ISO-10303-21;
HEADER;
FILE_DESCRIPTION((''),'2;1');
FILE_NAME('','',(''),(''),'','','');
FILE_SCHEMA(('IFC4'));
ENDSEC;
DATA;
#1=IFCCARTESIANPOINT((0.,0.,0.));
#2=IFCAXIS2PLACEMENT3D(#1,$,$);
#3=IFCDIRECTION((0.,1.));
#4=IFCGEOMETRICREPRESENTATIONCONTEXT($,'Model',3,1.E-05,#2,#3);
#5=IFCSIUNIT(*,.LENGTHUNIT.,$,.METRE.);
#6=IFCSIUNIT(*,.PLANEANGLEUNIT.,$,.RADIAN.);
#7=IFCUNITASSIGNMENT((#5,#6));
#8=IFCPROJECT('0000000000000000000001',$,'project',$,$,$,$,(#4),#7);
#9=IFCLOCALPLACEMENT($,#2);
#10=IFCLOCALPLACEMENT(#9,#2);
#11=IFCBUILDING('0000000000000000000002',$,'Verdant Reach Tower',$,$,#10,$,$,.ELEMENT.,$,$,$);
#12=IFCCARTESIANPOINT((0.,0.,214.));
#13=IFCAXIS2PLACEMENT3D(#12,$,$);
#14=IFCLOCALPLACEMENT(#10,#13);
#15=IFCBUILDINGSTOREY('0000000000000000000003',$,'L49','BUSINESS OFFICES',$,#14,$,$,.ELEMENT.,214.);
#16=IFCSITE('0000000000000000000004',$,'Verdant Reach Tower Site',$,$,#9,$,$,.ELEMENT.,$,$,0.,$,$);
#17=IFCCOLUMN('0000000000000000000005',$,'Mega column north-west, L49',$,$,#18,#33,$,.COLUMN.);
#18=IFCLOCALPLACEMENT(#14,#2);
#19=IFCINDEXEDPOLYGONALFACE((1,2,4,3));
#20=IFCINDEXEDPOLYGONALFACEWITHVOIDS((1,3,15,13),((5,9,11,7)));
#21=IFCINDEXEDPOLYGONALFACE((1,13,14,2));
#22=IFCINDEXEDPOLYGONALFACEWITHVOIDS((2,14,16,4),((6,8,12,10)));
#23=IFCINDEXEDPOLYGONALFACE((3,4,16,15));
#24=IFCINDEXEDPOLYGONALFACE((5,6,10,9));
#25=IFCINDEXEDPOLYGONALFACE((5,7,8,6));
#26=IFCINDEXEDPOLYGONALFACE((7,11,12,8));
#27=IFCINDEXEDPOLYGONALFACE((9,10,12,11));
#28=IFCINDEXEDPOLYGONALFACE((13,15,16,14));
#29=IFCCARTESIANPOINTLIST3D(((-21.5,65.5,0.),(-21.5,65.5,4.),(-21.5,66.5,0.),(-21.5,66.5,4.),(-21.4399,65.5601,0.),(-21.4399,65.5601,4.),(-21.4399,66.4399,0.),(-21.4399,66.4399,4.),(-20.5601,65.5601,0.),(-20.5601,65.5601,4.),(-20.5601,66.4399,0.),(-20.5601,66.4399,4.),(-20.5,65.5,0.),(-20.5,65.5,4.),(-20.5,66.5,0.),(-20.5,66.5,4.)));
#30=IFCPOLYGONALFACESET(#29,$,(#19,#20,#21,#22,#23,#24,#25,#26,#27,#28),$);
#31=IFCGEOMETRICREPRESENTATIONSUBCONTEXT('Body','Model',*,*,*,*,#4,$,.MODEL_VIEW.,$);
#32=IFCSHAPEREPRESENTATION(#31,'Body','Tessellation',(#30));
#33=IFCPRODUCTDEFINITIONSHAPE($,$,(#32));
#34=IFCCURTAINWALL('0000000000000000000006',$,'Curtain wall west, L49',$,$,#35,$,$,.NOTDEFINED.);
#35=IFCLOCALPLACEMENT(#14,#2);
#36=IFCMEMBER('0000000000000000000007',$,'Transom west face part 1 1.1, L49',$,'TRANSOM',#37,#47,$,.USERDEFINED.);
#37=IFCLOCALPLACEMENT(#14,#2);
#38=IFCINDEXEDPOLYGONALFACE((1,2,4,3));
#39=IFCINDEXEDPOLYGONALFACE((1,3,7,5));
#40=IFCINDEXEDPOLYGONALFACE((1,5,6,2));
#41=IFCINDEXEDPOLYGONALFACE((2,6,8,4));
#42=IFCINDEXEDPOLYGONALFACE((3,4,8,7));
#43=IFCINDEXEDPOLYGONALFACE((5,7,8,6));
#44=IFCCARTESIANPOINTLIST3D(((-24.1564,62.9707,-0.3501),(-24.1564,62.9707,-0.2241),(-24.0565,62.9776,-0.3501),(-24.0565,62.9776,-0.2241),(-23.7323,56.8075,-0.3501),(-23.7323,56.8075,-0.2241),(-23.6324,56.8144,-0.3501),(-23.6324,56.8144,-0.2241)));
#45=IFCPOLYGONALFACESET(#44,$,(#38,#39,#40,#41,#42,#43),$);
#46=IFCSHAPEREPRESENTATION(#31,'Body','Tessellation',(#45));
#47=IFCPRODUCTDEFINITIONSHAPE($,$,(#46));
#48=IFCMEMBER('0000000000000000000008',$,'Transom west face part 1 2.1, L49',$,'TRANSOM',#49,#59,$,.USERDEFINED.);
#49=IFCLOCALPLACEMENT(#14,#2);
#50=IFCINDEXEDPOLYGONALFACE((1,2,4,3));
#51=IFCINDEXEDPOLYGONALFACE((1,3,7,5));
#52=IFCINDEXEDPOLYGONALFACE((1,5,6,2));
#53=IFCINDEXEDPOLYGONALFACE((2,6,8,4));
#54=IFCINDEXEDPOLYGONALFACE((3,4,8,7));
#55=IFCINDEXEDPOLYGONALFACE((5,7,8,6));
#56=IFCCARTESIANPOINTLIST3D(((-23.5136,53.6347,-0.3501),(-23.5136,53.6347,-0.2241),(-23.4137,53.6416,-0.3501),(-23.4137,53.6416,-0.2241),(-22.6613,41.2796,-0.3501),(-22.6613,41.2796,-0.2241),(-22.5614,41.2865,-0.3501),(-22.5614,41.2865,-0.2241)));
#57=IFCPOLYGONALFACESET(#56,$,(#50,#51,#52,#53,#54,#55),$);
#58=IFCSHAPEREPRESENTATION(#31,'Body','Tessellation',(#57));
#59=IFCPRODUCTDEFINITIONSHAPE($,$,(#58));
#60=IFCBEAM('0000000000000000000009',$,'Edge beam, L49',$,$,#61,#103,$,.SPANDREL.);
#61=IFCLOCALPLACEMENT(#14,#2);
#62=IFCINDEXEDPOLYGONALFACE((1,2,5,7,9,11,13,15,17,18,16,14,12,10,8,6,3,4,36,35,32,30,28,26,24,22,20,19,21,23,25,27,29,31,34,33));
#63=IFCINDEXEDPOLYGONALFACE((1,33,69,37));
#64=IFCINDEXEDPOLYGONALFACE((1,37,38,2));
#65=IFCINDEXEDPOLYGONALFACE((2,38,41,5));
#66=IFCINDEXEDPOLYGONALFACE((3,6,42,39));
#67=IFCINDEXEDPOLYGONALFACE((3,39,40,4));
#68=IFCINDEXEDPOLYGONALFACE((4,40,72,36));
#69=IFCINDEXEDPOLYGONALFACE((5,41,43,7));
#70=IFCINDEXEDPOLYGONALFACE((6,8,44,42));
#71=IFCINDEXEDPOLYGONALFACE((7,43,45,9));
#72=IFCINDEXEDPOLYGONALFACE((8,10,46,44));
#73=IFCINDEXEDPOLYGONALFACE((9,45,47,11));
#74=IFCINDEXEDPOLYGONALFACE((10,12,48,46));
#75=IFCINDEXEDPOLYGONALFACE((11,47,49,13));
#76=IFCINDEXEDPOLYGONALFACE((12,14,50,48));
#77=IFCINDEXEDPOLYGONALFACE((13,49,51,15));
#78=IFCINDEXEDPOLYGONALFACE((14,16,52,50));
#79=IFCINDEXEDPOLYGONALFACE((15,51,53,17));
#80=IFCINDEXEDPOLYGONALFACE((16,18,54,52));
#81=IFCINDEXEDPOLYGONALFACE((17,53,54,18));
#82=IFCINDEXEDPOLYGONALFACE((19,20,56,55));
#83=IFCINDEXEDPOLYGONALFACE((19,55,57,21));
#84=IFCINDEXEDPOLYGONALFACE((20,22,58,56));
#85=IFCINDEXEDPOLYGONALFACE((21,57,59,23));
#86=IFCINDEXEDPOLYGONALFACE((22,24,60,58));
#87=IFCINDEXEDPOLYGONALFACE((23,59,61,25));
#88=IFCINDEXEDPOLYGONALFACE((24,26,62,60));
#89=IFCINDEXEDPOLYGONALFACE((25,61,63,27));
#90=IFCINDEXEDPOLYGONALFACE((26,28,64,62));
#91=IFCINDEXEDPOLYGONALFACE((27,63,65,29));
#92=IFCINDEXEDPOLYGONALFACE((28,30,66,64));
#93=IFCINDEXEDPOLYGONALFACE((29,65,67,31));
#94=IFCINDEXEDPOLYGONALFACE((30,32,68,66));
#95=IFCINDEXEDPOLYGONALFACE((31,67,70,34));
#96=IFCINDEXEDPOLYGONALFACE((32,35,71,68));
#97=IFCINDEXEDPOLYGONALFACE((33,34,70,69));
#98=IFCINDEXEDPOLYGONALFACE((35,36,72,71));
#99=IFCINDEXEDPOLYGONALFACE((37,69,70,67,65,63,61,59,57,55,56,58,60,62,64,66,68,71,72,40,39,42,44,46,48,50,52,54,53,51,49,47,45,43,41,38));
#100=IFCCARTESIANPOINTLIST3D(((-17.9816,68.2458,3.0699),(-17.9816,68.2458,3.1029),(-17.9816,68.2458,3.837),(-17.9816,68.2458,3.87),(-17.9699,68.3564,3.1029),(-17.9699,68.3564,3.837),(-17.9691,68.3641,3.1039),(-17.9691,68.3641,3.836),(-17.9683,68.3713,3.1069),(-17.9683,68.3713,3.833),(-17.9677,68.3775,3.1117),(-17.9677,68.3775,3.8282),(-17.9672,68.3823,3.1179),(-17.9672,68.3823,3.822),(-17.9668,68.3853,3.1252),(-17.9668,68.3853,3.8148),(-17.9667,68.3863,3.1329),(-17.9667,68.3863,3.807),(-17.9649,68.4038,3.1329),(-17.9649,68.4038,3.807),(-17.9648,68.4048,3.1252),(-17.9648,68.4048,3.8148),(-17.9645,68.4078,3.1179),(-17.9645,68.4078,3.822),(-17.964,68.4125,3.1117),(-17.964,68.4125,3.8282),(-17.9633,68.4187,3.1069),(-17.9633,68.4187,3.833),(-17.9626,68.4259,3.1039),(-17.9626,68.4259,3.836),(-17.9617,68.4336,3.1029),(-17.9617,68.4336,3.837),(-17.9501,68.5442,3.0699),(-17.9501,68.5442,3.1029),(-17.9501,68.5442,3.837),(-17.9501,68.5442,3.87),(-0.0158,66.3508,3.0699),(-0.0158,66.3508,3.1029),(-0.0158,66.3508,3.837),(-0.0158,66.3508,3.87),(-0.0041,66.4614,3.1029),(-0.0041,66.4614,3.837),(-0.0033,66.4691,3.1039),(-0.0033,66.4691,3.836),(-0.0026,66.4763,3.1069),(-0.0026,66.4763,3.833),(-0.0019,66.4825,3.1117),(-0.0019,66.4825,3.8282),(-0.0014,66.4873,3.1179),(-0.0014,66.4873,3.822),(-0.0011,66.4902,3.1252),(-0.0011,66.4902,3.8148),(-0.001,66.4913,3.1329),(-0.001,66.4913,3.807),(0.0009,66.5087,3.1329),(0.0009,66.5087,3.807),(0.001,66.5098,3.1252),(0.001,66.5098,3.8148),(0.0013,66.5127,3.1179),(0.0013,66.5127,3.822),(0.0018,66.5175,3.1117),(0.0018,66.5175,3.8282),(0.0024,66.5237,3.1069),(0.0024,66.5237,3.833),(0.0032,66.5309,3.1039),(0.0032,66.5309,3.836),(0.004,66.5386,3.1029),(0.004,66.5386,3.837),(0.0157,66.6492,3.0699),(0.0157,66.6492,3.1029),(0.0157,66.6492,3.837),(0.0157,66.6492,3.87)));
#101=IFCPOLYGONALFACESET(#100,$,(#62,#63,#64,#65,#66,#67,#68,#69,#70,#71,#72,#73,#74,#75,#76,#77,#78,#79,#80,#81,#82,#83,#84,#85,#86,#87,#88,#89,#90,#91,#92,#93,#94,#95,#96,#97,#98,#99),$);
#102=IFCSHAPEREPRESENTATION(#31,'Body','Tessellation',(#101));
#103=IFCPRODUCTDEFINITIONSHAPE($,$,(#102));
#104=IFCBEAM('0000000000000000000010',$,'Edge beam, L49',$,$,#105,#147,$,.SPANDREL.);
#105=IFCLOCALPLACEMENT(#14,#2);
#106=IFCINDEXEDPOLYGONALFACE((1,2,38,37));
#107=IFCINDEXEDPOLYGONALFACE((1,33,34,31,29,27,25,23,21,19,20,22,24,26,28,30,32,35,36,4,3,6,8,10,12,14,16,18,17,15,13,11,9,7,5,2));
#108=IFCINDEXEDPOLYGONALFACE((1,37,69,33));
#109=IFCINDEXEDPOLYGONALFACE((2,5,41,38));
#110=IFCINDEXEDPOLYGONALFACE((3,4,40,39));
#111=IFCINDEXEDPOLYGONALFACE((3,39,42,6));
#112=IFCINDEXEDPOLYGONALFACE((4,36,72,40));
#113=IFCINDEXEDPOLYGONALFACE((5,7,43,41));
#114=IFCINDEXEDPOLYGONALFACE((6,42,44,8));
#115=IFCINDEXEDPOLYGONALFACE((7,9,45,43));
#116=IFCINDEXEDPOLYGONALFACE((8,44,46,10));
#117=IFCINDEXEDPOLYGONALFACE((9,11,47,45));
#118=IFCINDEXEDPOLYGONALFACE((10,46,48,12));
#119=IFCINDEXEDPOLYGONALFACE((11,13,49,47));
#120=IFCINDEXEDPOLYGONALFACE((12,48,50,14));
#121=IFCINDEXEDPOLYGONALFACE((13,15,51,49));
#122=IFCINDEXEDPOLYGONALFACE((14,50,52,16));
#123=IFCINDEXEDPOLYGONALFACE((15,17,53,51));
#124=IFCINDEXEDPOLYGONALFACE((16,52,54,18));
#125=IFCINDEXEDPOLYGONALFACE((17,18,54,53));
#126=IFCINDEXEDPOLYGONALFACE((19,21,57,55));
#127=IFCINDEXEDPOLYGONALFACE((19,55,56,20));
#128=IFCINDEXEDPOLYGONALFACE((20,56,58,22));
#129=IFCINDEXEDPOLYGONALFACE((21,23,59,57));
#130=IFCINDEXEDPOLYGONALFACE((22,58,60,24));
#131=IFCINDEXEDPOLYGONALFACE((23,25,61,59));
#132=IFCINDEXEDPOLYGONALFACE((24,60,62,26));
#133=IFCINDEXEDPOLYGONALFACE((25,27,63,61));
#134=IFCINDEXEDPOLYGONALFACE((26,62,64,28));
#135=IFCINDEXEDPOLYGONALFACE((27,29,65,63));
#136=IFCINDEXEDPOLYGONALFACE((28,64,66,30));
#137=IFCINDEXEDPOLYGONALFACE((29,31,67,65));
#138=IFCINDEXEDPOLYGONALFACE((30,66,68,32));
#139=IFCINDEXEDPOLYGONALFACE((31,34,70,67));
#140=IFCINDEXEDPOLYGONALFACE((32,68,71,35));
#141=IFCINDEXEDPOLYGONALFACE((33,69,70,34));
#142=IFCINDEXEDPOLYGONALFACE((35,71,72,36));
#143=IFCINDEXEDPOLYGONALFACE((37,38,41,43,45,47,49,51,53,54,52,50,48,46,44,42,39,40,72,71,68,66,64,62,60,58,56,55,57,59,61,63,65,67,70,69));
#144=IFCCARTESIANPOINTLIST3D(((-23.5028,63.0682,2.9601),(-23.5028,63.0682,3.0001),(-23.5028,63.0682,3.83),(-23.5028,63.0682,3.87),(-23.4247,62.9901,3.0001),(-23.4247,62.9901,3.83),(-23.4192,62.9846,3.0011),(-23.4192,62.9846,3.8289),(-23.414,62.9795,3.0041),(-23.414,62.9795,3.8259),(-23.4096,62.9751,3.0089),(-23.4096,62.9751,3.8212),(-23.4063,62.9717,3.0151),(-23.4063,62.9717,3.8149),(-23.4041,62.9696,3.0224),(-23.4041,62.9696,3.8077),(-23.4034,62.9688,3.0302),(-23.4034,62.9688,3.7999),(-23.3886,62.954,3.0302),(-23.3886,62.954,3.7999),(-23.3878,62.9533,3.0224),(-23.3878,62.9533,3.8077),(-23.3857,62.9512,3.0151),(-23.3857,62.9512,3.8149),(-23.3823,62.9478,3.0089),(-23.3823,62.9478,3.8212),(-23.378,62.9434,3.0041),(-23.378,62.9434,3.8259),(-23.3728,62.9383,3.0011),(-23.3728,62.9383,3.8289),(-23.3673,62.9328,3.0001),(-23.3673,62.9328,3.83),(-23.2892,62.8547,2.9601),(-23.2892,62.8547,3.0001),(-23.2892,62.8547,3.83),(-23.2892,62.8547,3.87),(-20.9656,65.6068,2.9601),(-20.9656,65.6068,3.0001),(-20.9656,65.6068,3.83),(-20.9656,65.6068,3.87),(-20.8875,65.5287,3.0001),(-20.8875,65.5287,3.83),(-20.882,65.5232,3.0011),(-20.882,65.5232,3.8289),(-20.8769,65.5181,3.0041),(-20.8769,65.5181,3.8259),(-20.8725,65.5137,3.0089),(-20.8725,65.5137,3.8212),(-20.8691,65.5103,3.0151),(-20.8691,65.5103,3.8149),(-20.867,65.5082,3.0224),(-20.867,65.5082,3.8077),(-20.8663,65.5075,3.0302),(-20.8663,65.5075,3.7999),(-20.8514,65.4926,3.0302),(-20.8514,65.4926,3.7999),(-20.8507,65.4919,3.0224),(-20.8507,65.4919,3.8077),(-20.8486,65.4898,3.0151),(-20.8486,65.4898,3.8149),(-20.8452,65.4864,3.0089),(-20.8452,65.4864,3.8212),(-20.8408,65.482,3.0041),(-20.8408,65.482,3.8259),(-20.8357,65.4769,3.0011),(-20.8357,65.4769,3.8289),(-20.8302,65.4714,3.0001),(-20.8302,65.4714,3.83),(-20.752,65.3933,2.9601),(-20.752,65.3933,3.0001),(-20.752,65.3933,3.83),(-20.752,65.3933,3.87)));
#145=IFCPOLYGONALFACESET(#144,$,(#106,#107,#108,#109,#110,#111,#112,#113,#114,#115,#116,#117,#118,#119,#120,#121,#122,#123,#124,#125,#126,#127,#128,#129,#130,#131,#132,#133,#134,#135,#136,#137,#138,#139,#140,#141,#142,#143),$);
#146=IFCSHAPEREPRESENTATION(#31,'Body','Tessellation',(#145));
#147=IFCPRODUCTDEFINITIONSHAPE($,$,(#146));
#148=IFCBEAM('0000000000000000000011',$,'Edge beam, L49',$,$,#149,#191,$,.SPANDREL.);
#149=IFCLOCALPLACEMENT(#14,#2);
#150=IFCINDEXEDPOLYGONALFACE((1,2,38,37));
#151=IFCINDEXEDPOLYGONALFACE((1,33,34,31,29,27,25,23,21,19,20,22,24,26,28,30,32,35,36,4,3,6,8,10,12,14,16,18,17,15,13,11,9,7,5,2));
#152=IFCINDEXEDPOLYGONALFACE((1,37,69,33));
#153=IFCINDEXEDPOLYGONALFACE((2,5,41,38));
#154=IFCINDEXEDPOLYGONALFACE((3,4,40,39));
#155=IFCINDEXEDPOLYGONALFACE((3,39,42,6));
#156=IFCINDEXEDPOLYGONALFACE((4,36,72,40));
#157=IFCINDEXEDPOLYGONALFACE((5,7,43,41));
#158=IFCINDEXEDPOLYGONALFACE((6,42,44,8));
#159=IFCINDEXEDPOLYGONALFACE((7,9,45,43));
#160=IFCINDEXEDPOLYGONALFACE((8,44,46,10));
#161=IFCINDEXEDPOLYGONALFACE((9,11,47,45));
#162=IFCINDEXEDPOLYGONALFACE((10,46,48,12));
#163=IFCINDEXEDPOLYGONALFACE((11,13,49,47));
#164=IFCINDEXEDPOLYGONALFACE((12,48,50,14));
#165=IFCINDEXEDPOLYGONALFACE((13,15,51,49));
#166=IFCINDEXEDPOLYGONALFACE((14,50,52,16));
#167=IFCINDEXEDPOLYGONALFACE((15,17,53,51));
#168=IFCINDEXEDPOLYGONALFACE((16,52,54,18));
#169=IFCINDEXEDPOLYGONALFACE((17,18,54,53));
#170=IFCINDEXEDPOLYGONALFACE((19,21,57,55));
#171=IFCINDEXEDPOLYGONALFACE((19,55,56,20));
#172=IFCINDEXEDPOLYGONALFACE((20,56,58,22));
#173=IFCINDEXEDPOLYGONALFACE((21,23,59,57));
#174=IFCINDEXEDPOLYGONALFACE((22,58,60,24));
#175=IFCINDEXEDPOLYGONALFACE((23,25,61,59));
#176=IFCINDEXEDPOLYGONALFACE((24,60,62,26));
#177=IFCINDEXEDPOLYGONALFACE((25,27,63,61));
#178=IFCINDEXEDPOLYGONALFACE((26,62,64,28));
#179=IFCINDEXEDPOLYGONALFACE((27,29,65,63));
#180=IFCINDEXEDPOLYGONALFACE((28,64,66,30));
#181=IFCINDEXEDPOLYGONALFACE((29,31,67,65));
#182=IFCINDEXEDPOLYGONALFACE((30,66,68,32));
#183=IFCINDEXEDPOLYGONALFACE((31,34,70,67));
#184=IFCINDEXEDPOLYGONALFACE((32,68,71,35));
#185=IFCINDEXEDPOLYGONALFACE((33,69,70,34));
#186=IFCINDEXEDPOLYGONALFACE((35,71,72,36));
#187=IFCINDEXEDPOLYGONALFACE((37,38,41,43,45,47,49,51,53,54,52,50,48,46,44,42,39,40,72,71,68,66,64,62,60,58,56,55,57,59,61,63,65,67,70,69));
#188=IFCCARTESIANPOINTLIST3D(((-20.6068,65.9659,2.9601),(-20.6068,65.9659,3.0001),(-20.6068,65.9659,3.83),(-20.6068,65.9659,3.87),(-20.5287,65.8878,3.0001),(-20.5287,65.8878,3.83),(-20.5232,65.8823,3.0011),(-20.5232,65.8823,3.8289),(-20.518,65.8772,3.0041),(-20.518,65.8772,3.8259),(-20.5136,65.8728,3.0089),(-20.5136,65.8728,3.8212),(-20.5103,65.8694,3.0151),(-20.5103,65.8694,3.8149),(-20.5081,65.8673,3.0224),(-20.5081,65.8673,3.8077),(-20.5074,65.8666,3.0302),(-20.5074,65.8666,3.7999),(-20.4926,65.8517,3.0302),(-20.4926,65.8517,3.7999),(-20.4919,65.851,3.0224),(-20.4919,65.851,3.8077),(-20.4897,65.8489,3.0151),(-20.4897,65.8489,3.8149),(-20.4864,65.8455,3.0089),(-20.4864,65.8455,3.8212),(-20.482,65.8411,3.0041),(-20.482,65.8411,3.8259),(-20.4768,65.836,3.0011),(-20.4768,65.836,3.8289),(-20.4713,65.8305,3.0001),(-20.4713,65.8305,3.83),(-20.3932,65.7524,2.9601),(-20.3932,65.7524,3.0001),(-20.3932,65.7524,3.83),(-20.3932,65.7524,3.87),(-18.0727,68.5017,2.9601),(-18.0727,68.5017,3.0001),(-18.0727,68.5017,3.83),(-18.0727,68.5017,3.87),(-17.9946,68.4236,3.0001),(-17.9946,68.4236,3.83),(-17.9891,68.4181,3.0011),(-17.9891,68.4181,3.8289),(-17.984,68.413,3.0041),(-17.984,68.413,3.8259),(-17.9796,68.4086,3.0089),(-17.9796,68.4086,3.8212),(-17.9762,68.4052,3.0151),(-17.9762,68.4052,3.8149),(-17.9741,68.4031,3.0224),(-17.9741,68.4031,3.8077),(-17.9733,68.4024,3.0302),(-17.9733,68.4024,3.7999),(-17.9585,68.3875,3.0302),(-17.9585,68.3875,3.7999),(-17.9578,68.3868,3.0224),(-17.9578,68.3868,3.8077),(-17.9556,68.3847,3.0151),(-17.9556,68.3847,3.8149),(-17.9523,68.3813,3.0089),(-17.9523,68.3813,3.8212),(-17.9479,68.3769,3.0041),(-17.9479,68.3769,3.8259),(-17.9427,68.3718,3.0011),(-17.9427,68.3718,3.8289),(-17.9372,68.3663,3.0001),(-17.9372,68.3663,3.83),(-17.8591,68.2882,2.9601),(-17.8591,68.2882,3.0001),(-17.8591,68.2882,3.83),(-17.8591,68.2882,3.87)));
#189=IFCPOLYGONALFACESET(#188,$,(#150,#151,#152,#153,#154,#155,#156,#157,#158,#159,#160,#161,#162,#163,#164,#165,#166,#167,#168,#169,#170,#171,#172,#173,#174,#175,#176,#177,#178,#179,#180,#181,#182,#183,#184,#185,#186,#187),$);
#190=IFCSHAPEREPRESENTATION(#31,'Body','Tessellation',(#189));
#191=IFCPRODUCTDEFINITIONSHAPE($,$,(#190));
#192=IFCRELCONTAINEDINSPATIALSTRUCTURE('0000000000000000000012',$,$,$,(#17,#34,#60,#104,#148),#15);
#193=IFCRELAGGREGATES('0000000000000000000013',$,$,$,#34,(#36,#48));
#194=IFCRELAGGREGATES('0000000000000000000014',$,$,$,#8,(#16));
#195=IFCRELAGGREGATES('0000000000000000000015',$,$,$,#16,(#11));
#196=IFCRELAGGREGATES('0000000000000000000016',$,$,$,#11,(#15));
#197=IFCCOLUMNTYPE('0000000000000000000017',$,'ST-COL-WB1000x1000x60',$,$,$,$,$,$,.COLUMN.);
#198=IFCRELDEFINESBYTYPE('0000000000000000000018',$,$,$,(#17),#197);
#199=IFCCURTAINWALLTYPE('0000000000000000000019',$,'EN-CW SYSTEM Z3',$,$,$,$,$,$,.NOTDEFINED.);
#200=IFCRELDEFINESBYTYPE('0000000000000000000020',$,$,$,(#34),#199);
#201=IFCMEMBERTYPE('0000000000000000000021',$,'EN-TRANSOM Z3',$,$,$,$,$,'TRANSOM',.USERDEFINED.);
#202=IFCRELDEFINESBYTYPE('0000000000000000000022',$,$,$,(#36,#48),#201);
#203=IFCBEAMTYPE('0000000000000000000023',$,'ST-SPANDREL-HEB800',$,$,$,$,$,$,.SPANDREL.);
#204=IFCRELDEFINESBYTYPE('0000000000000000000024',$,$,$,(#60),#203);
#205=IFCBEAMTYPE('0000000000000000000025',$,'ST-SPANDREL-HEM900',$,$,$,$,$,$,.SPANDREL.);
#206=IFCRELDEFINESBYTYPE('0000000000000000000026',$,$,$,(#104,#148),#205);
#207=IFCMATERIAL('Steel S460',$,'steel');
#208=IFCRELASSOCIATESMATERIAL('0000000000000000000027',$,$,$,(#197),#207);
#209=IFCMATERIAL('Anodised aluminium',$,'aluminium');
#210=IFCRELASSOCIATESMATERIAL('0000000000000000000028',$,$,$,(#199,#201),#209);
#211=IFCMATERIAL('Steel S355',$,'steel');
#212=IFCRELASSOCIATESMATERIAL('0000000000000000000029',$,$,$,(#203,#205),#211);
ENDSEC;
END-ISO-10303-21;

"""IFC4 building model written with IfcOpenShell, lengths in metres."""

from ifc_helpers import new_model, si_unit, direction, frame, origin, origin_2d, place, context, subcontext, project, spatial, rectangle, hollow_rectangle, i_section, extrude, material, material_profile, profile_set, type_object, element, aggregate, save


model = new_model("IFC4")

# Units and contexts
model_context = context("Model", 3, precision=1e-05, world=origin(), true_north=direction((0.0, 1.0)))
body_context = subcontext(model_context, "Body", "Model", "MODEL_VIEW")
ifc_project = project(units=[si_unit("LENGTHUNIT", "METRE"), si_unit("PLANEANGLEUNIT", "RADIAN")], contexts=[model_context])

# Site, building, storey
site_placement = place(None, origin())
site = spatial("IfcSite", under=ifc_project, at=site_placement, Name="Verdant Reach Tower Site", CompositionType="ELEMENT", RefElevation=0.0)
building_placement = place(site_placement, origin())
building = spatial("IfcBuilding", under=site, at=building_placement, Name="Verdant Reach Tower", CompositionType="ELEMENT")
storey_placement = place(building_placement, frame((0.0, 0.0, 214.0)))
storey = spatial("IfcBuildingStorey", under=building, at=storey_placement, Name="L49", Description="BUSINESS OFFICES", CompositionType="ELEMENT", Elevation=214.0)

# Column
ifc_material_1 = material(Name="Steel S460", Category="steel")
ifc_material_profile_1 = material_profile(ifc_material_1, hollow_rectangle(XDim=1.0, YDim=1.0, WallThickness=0.0601, at=origin_2d()), Name="WB 1000x1000x60")
ifc_profile_set_1 = profile_set([ifc_material_profile_1], Name="Steel S460")
column_type = type_object("IfcColumnType", Name="ST-COL-WB1000x1000x60", PredefinedType="COLUMN", material=ifc_profile_set_1)
column_placement = place(storey_placement, frame((-21.0, 66.0, 0.0), z_axis=(0.0, 0.0, 1.0), x_axis=(1.0, 0.0, 0.0)))
element("IfcColumn", 1, at=column_placement, inside=storey, type_object=column_type, Name="Mega column north-west, L49", PredefinedType="COLUMN", context=body_context, shape_type="SweptSolid", body=[
    extrude(hollow_rectangle(XDim=1.0, YDim=1.0, WallThickness=0.0601, at=origin_2d()), origin(), (0.0, 0.0, 1.0), 4.0),
])

# Curtain wall, members
ifc_material_2 = material(Name="Anodised aluminium", Category="aluminium")
curtain_wall_type = type_object("IfcCurtainWallType", Name="EN-CW SYSTEM Z3", PredefinedType="NOTDEFINED", material=ifc_material_2)
curtain_wall_1_placement = place(storey_placement, origin())
curtain_wall_1 = element("IfcCurtainWall", 2, at=curtain_wall_1_placement, inside=storey, type_object=curtain_wall_type, Name="Curtain wall west, L49", PredefinedType="NOTDEFINED")
ifc_material_profile_2 = material_profile(ifc_material_2, rectangle(XDim=0.1001, YDim=0.126, at=origin_2d()), Name="Transom 126x100")
ifc_profile_set_2 = profile_set([ifc_material_profile_2], Name="Anodised aluminium")
member_type = type_object("IfcMemberType", Name="EN-TRANSOM Z3", ElementType="TRANSOM", PredefinedType="USERDEFINED", material=ifc_profile_set_2)
member_1_placement = place(storey_placement, frame((-24.1064, 62.9741, -0.2871), z_axis=(0.068646, -0.997641, 0.0), x_axis=(0.997641, 0.068646, 0.0)))
member_1 = element("IfcMember", 3, at=member_1_placement, type_object=member_type, Name="Transom west face part 1 1.1, L49", ObjectType="TRANSOM", PredefinedType="USERDEFINED", context=body_context, shape_type="SweptSolid", body=[
    extrude(rectangle(XDim=0.1001, YDim=0.126, at=origin_2d()), origin(), (0.0, 0.0, 1.0), 6.1777),
])
member_2_placement = place(storey_placement, frame((-23.4636, 53.6382, -0.2871), z_axis=(0.068819, -0.997629, 0.0), x_axis=(0.997629, 0.068819, 0.0)))
member_2 = element("IfcMember", 4, at=member_2_placement, type_object=member_type, Name="Transom west face part 1 2.1, L49", ObjectType="TRANSOM", PredefinedType="USERDEFINED", context=body_context, shape_type="SweptSolid", body=[
    extrude(rectangle(XDim=0.1001, YDim=0.126, at=origin_2d()), origin(), (0.0, 0.0, 1.0), 12.3845),
])

# Beams
ifc_material_3 = material(Name="Steel S355", Category="steel")
ifc_material_profile_3 = material_profile(ifc_material_3, i_section(OverallWidth=0.3, OverallDepth=0.8, WebThickness=0.0176, FlangeThickness=0.033, FilletRadius=0.03, at=origin_2d()), Name="HEB 800")
ifc_profile_set_3 = profile_set([ifc_material_profile_3], Name="Steel S355")
beam_type_1 = type_object("IfcBeamType", Name="ST-SPANDREL-HEB800", PredefinedType="SPANDREL", material=ifc_profile_set_3)
beam_1_placement = place(storey_placement, frame((-17.9658, 68.395, 3.47), z_axis=(0.994483, -0.104897, 0.0), x_axis=(0.104897, 0.994483, 0.0)))
element("IfcBeam", 5, at=beam_1_placement, inside=storey, type_object=beam_type_1, Name="Edge beam, L49", PredefinedType="SPANDREL", context=body_context, shape_type="SweptSolid", body=[
    extrude(i_section(OverallWidth=0.3, OverallDepth=0.8, WebThickness=0.0176, FlangeThickness=0.033, FilletRadius=0.03, at=origin_2d()), origin(), (0.0, 0.0, 1.0), 18.0654),
])
ifc_material_profile_4 = material_profile(ifc_material_3, i_section(OverallWidth=0.302, OverallDepth=0.9099, WebThickness=0.021, FlangeThickness=0.04, FilletRadius=0.03, at=origin_2d()), Name="HEM 900")
ifc_profile_set_4 = profile_set([ifc_material_profile_4], Name="Steel S355")
beam_type_2 = type_object("IfcBeamType", Name="ST-SPANDREL-HEM900", PredefinedType="SPANDREL", material=ifc_profile_set_4)
beam_2_placement = place(storey_placement, frame((-23.396, 62.9614, 3.415), z_axis=(0.706903, 0.707311, 0.0), x_axis=(-0.707311, 0.706903, 0.0)))
element("IfcBeam", 6, at=beam_2_placement, inside=storey, type_object=beam_type_2, Name="Edge beam, L49", PredefinedType="SPANDREL", context=body_context, shape_type="SweptSolid", body=[
    extrude(i_section(OverallWidth=0.302, OverallDepth=0.9099, WebThickness=0.021, FlangeThickness=0.04, FilletRadius=0.03, at=origin_2d()), origin(), (0.0, 0.0, 1.0), 3.5891),
])
beam_3_placement = place(storey_placement, frame((-20.5, 65.8591, 3.415), z_axis=(0.706868, 0.707345, 0.0), x_axis=(-0.707345, 0.706868, 0.0)))
element("IfcBeam", 7, at=beam_3_placement, inside=storey, type_object=beam_type_2, Name="Edge beam, L49", PredefinedType="SPANDREL", context=body_context, shape_type="SweptSolid", body=[
    extrude(i_section(OverallWidth=0.302, OverallDepth=0.9099, WebThickness=0.021, FlangeThickness=0.04, FilletRadius=0.03, at=origin_2d()), origin(), (0.0, 0.0, 1.0), 3.585),
])

aggregate(curtain_wall_1, [member_1, member_2])

save(model, "model.ifc")
